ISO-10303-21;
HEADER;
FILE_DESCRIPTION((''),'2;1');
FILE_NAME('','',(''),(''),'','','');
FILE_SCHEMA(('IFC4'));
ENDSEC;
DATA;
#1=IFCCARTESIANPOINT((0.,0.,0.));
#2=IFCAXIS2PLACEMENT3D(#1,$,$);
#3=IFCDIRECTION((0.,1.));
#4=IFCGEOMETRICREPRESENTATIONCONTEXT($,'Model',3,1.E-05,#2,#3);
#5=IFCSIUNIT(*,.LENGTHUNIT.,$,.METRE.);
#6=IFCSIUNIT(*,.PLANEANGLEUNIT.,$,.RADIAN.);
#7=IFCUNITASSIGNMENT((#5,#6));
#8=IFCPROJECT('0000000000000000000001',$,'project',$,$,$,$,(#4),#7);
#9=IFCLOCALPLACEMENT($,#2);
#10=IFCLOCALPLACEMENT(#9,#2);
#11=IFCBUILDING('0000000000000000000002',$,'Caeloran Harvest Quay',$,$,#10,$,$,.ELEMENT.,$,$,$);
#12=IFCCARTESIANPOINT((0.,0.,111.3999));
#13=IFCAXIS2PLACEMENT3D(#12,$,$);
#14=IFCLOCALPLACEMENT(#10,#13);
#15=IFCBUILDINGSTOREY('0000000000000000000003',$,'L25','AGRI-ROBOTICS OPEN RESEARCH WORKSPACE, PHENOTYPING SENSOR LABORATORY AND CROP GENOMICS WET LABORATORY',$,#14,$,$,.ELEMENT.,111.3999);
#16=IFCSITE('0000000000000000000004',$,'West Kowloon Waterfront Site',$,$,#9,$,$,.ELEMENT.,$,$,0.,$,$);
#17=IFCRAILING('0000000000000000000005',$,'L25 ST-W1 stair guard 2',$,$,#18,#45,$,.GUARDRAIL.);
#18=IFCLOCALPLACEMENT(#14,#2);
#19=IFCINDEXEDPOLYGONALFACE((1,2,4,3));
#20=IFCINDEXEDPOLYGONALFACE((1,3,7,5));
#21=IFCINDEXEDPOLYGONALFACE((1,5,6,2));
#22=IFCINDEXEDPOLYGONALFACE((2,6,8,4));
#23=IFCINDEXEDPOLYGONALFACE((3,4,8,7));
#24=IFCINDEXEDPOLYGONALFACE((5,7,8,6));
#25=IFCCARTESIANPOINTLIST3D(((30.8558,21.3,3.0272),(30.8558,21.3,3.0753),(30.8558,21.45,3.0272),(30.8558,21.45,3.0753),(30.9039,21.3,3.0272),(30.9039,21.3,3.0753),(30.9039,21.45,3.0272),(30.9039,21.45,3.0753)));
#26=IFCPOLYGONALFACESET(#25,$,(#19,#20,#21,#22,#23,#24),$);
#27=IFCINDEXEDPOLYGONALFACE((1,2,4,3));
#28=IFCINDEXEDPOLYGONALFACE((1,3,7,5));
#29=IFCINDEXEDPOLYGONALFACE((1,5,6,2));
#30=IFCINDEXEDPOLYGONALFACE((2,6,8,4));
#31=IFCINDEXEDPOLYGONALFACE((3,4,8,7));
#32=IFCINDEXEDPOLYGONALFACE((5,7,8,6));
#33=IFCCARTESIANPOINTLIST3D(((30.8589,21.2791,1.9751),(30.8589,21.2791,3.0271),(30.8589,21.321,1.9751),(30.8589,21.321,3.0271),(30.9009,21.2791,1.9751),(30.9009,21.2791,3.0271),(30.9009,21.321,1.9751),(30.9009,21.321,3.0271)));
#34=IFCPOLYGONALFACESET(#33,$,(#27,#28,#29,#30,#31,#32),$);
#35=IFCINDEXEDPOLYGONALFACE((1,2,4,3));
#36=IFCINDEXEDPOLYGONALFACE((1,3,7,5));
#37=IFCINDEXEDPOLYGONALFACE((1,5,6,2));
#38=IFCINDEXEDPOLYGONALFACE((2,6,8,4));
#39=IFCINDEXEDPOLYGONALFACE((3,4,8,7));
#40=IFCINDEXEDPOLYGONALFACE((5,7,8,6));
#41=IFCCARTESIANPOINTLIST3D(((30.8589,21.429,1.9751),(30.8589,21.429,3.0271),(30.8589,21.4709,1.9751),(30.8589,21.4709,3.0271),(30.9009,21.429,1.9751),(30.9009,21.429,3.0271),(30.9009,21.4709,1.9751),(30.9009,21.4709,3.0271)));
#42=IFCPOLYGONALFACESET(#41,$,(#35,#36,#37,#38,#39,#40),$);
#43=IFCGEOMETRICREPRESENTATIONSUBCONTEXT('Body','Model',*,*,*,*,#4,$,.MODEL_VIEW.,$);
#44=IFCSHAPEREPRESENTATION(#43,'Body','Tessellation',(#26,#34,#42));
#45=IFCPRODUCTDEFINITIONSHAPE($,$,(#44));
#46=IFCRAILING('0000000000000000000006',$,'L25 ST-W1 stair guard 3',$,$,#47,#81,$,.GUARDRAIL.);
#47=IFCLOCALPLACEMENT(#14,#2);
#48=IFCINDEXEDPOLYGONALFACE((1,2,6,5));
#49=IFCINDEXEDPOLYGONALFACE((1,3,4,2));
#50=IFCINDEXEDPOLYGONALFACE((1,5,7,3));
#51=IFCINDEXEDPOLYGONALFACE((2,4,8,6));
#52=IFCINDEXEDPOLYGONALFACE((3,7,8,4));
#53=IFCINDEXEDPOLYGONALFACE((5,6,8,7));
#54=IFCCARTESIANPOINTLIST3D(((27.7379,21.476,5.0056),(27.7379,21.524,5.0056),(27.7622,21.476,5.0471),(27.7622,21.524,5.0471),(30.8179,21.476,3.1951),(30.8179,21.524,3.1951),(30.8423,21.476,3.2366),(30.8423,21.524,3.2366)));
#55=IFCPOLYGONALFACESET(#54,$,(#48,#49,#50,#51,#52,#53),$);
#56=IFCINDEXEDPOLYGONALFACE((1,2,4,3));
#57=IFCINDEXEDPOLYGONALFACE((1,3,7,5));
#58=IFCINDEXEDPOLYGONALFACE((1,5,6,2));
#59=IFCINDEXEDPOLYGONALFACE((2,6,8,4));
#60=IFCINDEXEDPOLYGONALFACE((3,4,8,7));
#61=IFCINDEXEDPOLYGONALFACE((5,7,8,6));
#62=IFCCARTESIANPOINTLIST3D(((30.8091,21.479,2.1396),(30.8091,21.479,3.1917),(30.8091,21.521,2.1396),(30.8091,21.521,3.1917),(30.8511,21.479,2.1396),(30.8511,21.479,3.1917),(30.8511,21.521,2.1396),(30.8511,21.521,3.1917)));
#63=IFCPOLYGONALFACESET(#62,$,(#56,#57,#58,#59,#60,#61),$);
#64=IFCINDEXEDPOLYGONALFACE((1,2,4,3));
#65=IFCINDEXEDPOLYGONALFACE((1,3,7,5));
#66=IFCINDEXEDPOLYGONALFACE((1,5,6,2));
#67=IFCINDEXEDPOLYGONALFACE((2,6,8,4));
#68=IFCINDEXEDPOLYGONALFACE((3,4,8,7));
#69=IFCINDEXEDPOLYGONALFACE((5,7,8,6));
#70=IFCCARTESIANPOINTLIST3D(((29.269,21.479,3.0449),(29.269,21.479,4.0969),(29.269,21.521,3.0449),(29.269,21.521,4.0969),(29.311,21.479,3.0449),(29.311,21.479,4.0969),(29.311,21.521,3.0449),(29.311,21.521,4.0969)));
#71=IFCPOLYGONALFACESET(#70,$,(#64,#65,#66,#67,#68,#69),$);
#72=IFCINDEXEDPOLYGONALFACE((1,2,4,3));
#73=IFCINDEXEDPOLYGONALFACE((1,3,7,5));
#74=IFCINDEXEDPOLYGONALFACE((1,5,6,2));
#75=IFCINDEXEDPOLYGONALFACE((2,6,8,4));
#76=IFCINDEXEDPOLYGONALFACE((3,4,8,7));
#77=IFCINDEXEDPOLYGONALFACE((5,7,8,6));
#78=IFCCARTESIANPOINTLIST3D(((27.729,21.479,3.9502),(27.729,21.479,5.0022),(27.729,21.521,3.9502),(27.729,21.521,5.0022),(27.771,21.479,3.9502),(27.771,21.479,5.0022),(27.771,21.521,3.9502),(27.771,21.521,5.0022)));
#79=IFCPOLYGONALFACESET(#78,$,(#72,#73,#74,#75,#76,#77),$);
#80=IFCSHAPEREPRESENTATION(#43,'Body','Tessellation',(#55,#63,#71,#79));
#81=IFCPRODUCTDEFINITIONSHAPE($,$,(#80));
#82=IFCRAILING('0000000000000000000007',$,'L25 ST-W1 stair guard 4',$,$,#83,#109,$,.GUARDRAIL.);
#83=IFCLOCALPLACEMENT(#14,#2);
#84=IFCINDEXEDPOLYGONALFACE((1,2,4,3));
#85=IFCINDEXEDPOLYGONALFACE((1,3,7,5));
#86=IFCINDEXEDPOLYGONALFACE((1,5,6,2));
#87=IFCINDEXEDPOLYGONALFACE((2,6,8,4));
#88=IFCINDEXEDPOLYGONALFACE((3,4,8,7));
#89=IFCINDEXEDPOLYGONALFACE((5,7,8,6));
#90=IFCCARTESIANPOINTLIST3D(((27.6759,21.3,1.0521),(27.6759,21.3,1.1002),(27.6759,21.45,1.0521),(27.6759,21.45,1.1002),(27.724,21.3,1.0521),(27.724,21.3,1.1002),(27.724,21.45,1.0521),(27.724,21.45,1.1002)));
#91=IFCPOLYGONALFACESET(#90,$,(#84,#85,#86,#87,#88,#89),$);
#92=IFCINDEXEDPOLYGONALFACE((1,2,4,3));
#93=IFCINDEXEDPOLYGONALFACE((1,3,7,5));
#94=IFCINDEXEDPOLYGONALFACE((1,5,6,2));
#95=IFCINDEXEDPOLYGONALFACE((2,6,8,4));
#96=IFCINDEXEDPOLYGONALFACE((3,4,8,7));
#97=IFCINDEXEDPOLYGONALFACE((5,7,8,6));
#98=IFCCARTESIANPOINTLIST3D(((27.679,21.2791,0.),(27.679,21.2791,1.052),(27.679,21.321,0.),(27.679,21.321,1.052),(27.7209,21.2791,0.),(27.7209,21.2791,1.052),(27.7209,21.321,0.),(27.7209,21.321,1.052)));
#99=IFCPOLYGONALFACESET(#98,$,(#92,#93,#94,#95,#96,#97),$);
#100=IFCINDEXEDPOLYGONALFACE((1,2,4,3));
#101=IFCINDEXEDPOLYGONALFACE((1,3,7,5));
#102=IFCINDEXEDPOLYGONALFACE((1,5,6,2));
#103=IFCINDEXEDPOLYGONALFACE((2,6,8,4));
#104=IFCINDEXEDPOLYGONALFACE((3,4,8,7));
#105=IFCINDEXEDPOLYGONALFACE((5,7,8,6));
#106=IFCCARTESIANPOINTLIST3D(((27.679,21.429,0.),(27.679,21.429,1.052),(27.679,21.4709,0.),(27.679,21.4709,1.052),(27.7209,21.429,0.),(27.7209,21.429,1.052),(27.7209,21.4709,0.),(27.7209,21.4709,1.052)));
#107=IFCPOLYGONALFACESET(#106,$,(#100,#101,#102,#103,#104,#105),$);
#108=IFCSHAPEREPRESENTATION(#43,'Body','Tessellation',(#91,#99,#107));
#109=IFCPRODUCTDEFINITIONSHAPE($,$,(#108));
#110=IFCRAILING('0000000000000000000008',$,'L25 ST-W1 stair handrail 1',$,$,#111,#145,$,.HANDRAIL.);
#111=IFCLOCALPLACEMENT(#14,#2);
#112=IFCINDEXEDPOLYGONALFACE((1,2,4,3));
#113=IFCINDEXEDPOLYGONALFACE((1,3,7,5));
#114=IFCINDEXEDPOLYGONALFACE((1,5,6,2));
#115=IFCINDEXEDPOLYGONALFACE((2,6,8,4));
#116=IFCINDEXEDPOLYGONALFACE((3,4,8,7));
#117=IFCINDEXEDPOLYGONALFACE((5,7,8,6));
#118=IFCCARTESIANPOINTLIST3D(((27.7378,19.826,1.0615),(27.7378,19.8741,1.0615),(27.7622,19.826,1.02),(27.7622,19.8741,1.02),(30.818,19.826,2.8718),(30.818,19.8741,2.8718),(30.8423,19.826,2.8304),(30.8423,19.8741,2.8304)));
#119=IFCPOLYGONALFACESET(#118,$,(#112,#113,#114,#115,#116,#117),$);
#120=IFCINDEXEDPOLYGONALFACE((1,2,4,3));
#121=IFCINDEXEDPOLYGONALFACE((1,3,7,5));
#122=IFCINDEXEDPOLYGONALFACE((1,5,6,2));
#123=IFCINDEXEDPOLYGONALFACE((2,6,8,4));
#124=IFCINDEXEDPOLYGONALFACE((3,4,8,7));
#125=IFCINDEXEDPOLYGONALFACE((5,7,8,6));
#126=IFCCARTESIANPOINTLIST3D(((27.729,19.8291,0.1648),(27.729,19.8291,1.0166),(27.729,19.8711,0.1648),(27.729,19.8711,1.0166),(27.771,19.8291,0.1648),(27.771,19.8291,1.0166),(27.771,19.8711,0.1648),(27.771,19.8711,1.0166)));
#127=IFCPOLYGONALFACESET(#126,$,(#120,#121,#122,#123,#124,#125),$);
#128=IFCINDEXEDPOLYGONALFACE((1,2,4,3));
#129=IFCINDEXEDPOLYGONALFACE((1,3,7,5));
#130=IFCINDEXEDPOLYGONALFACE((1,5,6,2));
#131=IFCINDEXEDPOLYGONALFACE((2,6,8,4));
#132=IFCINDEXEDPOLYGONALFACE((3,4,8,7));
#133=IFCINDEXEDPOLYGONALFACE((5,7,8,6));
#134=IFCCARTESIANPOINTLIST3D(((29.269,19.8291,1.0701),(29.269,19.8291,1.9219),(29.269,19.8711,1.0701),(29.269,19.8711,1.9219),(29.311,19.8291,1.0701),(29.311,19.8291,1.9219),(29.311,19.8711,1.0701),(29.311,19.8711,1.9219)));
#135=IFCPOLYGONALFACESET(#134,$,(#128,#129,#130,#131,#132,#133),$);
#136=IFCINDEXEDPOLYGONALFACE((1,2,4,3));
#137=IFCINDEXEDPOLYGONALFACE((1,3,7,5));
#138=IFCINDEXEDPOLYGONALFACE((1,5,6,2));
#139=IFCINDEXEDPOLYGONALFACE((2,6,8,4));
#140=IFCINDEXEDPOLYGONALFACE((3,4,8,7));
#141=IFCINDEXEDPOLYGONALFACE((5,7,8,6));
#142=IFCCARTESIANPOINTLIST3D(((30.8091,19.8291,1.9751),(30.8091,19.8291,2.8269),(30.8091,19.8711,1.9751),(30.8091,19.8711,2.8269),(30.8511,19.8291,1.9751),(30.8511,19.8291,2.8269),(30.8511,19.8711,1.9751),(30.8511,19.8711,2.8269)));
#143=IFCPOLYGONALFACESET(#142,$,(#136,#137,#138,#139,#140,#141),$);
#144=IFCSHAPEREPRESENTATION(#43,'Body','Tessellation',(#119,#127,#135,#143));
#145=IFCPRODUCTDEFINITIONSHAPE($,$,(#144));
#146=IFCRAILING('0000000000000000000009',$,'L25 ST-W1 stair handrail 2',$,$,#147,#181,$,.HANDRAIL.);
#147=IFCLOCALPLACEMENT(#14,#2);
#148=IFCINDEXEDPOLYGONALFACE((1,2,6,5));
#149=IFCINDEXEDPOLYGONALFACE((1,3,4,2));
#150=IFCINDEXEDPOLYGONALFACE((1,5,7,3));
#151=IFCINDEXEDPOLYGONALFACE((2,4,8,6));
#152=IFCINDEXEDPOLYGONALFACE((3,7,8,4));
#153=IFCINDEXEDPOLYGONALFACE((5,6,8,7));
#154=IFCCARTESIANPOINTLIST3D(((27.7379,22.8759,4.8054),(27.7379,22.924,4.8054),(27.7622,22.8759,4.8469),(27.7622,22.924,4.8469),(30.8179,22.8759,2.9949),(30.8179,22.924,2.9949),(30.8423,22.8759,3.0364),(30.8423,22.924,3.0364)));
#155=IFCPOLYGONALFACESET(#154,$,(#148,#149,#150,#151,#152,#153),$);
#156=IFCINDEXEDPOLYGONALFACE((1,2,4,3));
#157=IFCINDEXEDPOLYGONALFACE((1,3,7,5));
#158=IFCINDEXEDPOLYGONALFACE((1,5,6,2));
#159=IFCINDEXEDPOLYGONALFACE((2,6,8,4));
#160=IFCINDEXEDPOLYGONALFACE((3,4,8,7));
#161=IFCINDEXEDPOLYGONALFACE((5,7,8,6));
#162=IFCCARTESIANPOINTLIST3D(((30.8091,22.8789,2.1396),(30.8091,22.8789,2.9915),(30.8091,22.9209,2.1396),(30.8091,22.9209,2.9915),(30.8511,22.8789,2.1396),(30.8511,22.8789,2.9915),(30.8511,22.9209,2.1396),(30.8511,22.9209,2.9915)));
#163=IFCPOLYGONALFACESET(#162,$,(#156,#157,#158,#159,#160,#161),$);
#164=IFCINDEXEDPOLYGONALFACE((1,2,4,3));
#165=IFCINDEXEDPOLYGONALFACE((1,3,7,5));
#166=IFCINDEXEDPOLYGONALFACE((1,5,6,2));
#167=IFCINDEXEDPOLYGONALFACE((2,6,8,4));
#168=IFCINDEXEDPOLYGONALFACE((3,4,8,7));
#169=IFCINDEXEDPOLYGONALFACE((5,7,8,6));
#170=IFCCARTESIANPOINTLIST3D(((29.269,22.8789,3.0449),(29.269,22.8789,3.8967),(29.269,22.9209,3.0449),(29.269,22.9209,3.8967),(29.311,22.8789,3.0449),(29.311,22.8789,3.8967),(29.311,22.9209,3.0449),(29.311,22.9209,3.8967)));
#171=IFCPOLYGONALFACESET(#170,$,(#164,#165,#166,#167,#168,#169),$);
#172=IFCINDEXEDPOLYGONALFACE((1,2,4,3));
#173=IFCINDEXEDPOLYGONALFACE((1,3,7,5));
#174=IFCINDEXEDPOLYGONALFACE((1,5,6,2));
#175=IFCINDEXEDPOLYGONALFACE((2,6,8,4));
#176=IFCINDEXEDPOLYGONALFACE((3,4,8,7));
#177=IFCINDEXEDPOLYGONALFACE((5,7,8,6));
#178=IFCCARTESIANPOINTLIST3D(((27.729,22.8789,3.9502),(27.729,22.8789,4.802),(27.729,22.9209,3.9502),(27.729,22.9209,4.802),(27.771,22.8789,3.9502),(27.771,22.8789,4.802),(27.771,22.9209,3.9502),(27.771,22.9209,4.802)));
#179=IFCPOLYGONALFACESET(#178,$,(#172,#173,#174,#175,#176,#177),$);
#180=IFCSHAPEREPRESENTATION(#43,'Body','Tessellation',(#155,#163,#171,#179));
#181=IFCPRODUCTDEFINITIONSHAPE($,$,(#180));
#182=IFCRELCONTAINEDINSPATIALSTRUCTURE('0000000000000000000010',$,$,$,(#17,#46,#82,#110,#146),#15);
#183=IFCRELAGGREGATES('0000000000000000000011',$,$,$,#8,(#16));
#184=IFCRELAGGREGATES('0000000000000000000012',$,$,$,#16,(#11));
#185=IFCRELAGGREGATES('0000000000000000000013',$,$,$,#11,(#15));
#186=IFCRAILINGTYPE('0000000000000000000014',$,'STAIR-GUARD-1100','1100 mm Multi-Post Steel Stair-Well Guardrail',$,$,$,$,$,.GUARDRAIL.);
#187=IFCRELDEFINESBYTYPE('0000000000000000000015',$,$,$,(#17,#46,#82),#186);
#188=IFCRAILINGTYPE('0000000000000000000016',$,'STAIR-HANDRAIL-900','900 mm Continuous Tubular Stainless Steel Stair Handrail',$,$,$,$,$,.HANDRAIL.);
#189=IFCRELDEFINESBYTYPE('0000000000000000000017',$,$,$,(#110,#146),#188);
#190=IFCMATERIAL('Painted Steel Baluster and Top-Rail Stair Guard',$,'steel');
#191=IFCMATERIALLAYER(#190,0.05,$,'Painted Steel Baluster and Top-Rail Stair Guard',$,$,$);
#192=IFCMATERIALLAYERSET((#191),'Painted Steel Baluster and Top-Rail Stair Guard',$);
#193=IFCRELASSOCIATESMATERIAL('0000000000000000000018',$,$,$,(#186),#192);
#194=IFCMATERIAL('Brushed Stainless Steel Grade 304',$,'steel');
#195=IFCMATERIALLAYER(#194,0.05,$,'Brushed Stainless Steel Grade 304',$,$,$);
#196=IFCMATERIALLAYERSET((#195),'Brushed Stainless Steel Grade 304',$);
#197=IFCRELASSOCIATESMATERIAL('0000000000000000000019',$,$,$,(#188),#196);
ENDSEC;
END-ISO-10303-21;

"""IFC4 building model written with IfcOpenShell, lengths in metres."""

from ifc_helpers import new_model, si_unit, direction, frame, origin, origin_2d, place, context, subcontext, project, spatial, rectangle, extrude, material, layer, layer_set, type_object, element, save


model = new_model("IFC4")

# Units and contexts
model_context = context("Model", 3, precision=1e-05, world=origin(), true_north=direction((0.0, 1.0)))
body_context = subcontext(model_context, "Body", "Model", "MODEL_VIEW")
ifc_project = project(units=[si_unit("LENGTHUNIT", "METRE"), si_unit("PLANEANGLEUNIT", "RADIAN")], contexts=[model_context])

# Site, building, storey
site_placement = place(None, origin())
site = spatial("IfcSite", under=ifc_project, at=site_placement, Name="West Kowloon Waterfront Site", CompositionType="ELEMENT", RefElevation=0.0)
building_placement = place(site_placement, origin())
building = spatial("IfcBuilding", under=site, at=building_placement, Name="Caeloran Harvest Quay", CompositionType="ELEMENT")
storey_placement = place(building_placement, frame((0.0, 0.0, 111.3999)))
storey = spatial("IfcBuildingStorey", under=building, at=storey_placement, Name="L25", Description="AGRI-ROBOTICS OPEN RESEARCH WORKSPACE, PHENOTYPING SENSOR LABORATORY AND CROP GENOMICS WET LABORATORY", CompositionType="ELEMENT", Elevation=111.3999)

# Railings
ifc_material_1 = material(Name="Painted Steel Baluster and Top-Rail Stair Guard", Category="steel")
ifc_layer_1 = layer(ifc_material_1, 0.05, Name="Painted Steel Baluster and Top-Rail Stair Guard")
ifc_layer_set_1 = layer_set([ifc_layer_1], Name="Painted Steel Baluster and Top-Rail Stair Guard")
railing_type_1 = type_object("IfcRailingType", Name="STAIR-GUARD-1100", Description="1100 mm Multi-Post Steel Stair-Well Guardrail", PredefinedType="GUARDRAIL", material=ifc_layer_set_1)
railing_1_placement = place(storey_placement, frame((30.8799, 21.3, 1.9751)))
element("IfcRailing", 1, at=railing_1_placement, inside=storey, type_object=railing_type_1, Name="L25 ST-W1 stair guard 2", PredefinedType="GUARDRAIL", context=body_context, shape_type="SweptSolid", body=[
    extrude(rectangle(XDim=0.0481, YDim=0.0481, at=origin_2d()), frame((0.0, 0.0, 1.0762), z_axis=(0.0, 1.0, 0.0), x_axis=(-1.0, 0.0, 0.0)), (0.0, 0.0, 1.0), 0.1499),
    extrude(rectangle(XDim=0.042, YDim=0.042, at=origin_2d()), origin(), (0.0, 0.0, 1.0), 1.052),
    extrude(rectangle(XDim=0.042, YDim=0.042, at=origin_2d()), frame((0.0, 0.1499, 0.0)), (0.0, 0.0, 1.0), 1.052),
])
railing_2_placement = place(storey_placement, frame((30.8301, 21.5, 2.1396)))
element("IfcRailing", 2, at=railing_2_placement, inside=storey, type_object=railing_type_1, Name="L25 ST-W1 stair guard 3", PredefinedType="GUARDRAIL", context=body_context, shape_type="SweptSolid", body=[
    extrude(rectangle(XDim=0.0481, YDim=0.0481, at=origin_2d()), frame((0.0, 0.0, 1.0762), z_axis=(-0.862089, 0.0, 0.506757), x_axis=(0.0, -1.0, 0.0)), (0.0, 0.0, 1.0), 3.5728),
    extrude(rectangle(XDim=0.042, YDim=0.042, at=origin_2d()), origin(), (0.0, 0.0, 1.0), 1.052),
    extrude(rectangle(XDim=0.042, YDim=0.042, at=origin_2d()), frame((-1.54, 0.0, 0.9053)), (0.0, 0.0, 1.0), 1.052),
    extrude(rectangle(XDim=0.042, YDim=0.042, at=origin_2d()), frame((-3.0801, 0.0, 1.8105)), (0.0, 0.0, 1.0), 1.052),
])
railing_3_placement = place(storey_placement, frame((27.7, 21.3, 0.0)))
element("IfcRailing", 3, at=railing_3_placement, inside=storey, type_object=railing_type_1, Name="L25 ST-W1 stair guard 4", PredefinedType="GUARDRAIL", context=body_context, shape_type="SweptSolid", body=[
    extrude(rectangle(XDim=0.0481, YDim=0.0481, at=origin_2d()), frame((0.0, 0.0, 1.0762), z_axis=(0.0, 1.0, 0.0), x_axis=(-1.0, 0.0, 0.0)), (0.0, 0.0, 1.0), 0.1499),
    extrude(rectangle(XDim=0.042, YDim=0.042, at=origin_2d()), origin(), (0.0, 0.0, 1.0), 1.052),
    extrude(rectangle(XDim=0.042, YDim=0.042, at=origin_2d()), frame((0.0, 0.1499, 0.0)), (0.0, 0.0, 1.0), 1.052),
])
ifc_material_2 = material(Name="Brushed Stainless Steel Grade 304", Category="steel")
ifc_layer_2 = layer(ifc_material_2, 0.05, Name="Brushed Stainless Steel Grade 304")
ifc_layer_set_2 = layer_set([ifc_layer_2], Name="Brushed Stainless Steel Grade 304")
railing_type_2 = type_object("IfcRailingType", Name="STAIR-HANDRAIL-900", Description="900 mm Continuous Tubular Stainless Steel Stair Handrail", PredefinedType="HANDRAIL", material=ifc_layer_set_2)
railing_4_placement = place(storey_placement, frame((27.75, 19.8501, 0.1648)))
element("IfcRailing", 4, at=railing_4_placement, inside=storey, type_object=railing_type_2, Name="L25 ST-W1 stair handrail 1", PredefinedType="HANDRAIL", context=body_context, shape_type="SweptSolid", body=[
    extrude(rectangle(XDim=0.0481, YDim=0.0481, at=origin_2d()), frame((0.0, 0.0, 0.876), z_axis=(0.862119, 0.0, 0.506707), x_axis=(0.0, 1.0, 0.0)), (0.0, 0.0, 1.0), 3.5728),
    extrude(rectangle(XDim=0.042, YDim=0.042, at=origin_2d()), origin(), (0.0, 0.0, 1.0), 0.8518),
    extrude(rectangle(XDim=0.042, YDim=0.042, at=origin_2d()), frame((1.54, 0.0, 0.9053)), (0.0, 0.0, 1.0), 0.8518),
    extrude(rectangle(XDim=0.042, YDim=0.042, at=origin_2d()), frame((3.0801, 0.0, 1.8103)), (0.0, 0.0, 1.0), 0.8518),
])
railing_5_placement = place(storey_placement, frame((30.8301, 22.8999, 2.1396)))
element("IfcRailing", 5, at=railing_5_placement, inside=storey, type_object=railing_type_2, Name="L25 ST-W1 stair handrail 2", PredefinedType="HANDRAIL", context=body_context, shape_type="SweptSolid", body=[
    extrude(rectangle(XDim=0.0481, YDim=0.0481, at=origin_2d()), frame((0.0, 0.0, 0.876), z_axis=(-0.862089, 0.0, 0.506757), x_axis=(0.0, -1.0, 0.0)), (0.0, 0.0, 1.0), 3.5728),
    extrude(rectangle(XDim=0.042, YDim=0.042, at=origin_2d()), origin(), (0.0, 0.0, 1.0), 0.8518),
    extrude(rectangle(XDim=0.042, YDim=0.042, at=origin_2d()), frame((-1.54, 0.0, 0.9053)), (0.0, 0.0, 1.0), 0.8518),
    extrude(rectangle(XDim=0.042, YDim=0.042, at=origin_2d()), frame((-3.0801, 0.0, 1.8105)), (0.0, 0.0, 1.0), 0.8518),
])

save(model, "model.ifc")
